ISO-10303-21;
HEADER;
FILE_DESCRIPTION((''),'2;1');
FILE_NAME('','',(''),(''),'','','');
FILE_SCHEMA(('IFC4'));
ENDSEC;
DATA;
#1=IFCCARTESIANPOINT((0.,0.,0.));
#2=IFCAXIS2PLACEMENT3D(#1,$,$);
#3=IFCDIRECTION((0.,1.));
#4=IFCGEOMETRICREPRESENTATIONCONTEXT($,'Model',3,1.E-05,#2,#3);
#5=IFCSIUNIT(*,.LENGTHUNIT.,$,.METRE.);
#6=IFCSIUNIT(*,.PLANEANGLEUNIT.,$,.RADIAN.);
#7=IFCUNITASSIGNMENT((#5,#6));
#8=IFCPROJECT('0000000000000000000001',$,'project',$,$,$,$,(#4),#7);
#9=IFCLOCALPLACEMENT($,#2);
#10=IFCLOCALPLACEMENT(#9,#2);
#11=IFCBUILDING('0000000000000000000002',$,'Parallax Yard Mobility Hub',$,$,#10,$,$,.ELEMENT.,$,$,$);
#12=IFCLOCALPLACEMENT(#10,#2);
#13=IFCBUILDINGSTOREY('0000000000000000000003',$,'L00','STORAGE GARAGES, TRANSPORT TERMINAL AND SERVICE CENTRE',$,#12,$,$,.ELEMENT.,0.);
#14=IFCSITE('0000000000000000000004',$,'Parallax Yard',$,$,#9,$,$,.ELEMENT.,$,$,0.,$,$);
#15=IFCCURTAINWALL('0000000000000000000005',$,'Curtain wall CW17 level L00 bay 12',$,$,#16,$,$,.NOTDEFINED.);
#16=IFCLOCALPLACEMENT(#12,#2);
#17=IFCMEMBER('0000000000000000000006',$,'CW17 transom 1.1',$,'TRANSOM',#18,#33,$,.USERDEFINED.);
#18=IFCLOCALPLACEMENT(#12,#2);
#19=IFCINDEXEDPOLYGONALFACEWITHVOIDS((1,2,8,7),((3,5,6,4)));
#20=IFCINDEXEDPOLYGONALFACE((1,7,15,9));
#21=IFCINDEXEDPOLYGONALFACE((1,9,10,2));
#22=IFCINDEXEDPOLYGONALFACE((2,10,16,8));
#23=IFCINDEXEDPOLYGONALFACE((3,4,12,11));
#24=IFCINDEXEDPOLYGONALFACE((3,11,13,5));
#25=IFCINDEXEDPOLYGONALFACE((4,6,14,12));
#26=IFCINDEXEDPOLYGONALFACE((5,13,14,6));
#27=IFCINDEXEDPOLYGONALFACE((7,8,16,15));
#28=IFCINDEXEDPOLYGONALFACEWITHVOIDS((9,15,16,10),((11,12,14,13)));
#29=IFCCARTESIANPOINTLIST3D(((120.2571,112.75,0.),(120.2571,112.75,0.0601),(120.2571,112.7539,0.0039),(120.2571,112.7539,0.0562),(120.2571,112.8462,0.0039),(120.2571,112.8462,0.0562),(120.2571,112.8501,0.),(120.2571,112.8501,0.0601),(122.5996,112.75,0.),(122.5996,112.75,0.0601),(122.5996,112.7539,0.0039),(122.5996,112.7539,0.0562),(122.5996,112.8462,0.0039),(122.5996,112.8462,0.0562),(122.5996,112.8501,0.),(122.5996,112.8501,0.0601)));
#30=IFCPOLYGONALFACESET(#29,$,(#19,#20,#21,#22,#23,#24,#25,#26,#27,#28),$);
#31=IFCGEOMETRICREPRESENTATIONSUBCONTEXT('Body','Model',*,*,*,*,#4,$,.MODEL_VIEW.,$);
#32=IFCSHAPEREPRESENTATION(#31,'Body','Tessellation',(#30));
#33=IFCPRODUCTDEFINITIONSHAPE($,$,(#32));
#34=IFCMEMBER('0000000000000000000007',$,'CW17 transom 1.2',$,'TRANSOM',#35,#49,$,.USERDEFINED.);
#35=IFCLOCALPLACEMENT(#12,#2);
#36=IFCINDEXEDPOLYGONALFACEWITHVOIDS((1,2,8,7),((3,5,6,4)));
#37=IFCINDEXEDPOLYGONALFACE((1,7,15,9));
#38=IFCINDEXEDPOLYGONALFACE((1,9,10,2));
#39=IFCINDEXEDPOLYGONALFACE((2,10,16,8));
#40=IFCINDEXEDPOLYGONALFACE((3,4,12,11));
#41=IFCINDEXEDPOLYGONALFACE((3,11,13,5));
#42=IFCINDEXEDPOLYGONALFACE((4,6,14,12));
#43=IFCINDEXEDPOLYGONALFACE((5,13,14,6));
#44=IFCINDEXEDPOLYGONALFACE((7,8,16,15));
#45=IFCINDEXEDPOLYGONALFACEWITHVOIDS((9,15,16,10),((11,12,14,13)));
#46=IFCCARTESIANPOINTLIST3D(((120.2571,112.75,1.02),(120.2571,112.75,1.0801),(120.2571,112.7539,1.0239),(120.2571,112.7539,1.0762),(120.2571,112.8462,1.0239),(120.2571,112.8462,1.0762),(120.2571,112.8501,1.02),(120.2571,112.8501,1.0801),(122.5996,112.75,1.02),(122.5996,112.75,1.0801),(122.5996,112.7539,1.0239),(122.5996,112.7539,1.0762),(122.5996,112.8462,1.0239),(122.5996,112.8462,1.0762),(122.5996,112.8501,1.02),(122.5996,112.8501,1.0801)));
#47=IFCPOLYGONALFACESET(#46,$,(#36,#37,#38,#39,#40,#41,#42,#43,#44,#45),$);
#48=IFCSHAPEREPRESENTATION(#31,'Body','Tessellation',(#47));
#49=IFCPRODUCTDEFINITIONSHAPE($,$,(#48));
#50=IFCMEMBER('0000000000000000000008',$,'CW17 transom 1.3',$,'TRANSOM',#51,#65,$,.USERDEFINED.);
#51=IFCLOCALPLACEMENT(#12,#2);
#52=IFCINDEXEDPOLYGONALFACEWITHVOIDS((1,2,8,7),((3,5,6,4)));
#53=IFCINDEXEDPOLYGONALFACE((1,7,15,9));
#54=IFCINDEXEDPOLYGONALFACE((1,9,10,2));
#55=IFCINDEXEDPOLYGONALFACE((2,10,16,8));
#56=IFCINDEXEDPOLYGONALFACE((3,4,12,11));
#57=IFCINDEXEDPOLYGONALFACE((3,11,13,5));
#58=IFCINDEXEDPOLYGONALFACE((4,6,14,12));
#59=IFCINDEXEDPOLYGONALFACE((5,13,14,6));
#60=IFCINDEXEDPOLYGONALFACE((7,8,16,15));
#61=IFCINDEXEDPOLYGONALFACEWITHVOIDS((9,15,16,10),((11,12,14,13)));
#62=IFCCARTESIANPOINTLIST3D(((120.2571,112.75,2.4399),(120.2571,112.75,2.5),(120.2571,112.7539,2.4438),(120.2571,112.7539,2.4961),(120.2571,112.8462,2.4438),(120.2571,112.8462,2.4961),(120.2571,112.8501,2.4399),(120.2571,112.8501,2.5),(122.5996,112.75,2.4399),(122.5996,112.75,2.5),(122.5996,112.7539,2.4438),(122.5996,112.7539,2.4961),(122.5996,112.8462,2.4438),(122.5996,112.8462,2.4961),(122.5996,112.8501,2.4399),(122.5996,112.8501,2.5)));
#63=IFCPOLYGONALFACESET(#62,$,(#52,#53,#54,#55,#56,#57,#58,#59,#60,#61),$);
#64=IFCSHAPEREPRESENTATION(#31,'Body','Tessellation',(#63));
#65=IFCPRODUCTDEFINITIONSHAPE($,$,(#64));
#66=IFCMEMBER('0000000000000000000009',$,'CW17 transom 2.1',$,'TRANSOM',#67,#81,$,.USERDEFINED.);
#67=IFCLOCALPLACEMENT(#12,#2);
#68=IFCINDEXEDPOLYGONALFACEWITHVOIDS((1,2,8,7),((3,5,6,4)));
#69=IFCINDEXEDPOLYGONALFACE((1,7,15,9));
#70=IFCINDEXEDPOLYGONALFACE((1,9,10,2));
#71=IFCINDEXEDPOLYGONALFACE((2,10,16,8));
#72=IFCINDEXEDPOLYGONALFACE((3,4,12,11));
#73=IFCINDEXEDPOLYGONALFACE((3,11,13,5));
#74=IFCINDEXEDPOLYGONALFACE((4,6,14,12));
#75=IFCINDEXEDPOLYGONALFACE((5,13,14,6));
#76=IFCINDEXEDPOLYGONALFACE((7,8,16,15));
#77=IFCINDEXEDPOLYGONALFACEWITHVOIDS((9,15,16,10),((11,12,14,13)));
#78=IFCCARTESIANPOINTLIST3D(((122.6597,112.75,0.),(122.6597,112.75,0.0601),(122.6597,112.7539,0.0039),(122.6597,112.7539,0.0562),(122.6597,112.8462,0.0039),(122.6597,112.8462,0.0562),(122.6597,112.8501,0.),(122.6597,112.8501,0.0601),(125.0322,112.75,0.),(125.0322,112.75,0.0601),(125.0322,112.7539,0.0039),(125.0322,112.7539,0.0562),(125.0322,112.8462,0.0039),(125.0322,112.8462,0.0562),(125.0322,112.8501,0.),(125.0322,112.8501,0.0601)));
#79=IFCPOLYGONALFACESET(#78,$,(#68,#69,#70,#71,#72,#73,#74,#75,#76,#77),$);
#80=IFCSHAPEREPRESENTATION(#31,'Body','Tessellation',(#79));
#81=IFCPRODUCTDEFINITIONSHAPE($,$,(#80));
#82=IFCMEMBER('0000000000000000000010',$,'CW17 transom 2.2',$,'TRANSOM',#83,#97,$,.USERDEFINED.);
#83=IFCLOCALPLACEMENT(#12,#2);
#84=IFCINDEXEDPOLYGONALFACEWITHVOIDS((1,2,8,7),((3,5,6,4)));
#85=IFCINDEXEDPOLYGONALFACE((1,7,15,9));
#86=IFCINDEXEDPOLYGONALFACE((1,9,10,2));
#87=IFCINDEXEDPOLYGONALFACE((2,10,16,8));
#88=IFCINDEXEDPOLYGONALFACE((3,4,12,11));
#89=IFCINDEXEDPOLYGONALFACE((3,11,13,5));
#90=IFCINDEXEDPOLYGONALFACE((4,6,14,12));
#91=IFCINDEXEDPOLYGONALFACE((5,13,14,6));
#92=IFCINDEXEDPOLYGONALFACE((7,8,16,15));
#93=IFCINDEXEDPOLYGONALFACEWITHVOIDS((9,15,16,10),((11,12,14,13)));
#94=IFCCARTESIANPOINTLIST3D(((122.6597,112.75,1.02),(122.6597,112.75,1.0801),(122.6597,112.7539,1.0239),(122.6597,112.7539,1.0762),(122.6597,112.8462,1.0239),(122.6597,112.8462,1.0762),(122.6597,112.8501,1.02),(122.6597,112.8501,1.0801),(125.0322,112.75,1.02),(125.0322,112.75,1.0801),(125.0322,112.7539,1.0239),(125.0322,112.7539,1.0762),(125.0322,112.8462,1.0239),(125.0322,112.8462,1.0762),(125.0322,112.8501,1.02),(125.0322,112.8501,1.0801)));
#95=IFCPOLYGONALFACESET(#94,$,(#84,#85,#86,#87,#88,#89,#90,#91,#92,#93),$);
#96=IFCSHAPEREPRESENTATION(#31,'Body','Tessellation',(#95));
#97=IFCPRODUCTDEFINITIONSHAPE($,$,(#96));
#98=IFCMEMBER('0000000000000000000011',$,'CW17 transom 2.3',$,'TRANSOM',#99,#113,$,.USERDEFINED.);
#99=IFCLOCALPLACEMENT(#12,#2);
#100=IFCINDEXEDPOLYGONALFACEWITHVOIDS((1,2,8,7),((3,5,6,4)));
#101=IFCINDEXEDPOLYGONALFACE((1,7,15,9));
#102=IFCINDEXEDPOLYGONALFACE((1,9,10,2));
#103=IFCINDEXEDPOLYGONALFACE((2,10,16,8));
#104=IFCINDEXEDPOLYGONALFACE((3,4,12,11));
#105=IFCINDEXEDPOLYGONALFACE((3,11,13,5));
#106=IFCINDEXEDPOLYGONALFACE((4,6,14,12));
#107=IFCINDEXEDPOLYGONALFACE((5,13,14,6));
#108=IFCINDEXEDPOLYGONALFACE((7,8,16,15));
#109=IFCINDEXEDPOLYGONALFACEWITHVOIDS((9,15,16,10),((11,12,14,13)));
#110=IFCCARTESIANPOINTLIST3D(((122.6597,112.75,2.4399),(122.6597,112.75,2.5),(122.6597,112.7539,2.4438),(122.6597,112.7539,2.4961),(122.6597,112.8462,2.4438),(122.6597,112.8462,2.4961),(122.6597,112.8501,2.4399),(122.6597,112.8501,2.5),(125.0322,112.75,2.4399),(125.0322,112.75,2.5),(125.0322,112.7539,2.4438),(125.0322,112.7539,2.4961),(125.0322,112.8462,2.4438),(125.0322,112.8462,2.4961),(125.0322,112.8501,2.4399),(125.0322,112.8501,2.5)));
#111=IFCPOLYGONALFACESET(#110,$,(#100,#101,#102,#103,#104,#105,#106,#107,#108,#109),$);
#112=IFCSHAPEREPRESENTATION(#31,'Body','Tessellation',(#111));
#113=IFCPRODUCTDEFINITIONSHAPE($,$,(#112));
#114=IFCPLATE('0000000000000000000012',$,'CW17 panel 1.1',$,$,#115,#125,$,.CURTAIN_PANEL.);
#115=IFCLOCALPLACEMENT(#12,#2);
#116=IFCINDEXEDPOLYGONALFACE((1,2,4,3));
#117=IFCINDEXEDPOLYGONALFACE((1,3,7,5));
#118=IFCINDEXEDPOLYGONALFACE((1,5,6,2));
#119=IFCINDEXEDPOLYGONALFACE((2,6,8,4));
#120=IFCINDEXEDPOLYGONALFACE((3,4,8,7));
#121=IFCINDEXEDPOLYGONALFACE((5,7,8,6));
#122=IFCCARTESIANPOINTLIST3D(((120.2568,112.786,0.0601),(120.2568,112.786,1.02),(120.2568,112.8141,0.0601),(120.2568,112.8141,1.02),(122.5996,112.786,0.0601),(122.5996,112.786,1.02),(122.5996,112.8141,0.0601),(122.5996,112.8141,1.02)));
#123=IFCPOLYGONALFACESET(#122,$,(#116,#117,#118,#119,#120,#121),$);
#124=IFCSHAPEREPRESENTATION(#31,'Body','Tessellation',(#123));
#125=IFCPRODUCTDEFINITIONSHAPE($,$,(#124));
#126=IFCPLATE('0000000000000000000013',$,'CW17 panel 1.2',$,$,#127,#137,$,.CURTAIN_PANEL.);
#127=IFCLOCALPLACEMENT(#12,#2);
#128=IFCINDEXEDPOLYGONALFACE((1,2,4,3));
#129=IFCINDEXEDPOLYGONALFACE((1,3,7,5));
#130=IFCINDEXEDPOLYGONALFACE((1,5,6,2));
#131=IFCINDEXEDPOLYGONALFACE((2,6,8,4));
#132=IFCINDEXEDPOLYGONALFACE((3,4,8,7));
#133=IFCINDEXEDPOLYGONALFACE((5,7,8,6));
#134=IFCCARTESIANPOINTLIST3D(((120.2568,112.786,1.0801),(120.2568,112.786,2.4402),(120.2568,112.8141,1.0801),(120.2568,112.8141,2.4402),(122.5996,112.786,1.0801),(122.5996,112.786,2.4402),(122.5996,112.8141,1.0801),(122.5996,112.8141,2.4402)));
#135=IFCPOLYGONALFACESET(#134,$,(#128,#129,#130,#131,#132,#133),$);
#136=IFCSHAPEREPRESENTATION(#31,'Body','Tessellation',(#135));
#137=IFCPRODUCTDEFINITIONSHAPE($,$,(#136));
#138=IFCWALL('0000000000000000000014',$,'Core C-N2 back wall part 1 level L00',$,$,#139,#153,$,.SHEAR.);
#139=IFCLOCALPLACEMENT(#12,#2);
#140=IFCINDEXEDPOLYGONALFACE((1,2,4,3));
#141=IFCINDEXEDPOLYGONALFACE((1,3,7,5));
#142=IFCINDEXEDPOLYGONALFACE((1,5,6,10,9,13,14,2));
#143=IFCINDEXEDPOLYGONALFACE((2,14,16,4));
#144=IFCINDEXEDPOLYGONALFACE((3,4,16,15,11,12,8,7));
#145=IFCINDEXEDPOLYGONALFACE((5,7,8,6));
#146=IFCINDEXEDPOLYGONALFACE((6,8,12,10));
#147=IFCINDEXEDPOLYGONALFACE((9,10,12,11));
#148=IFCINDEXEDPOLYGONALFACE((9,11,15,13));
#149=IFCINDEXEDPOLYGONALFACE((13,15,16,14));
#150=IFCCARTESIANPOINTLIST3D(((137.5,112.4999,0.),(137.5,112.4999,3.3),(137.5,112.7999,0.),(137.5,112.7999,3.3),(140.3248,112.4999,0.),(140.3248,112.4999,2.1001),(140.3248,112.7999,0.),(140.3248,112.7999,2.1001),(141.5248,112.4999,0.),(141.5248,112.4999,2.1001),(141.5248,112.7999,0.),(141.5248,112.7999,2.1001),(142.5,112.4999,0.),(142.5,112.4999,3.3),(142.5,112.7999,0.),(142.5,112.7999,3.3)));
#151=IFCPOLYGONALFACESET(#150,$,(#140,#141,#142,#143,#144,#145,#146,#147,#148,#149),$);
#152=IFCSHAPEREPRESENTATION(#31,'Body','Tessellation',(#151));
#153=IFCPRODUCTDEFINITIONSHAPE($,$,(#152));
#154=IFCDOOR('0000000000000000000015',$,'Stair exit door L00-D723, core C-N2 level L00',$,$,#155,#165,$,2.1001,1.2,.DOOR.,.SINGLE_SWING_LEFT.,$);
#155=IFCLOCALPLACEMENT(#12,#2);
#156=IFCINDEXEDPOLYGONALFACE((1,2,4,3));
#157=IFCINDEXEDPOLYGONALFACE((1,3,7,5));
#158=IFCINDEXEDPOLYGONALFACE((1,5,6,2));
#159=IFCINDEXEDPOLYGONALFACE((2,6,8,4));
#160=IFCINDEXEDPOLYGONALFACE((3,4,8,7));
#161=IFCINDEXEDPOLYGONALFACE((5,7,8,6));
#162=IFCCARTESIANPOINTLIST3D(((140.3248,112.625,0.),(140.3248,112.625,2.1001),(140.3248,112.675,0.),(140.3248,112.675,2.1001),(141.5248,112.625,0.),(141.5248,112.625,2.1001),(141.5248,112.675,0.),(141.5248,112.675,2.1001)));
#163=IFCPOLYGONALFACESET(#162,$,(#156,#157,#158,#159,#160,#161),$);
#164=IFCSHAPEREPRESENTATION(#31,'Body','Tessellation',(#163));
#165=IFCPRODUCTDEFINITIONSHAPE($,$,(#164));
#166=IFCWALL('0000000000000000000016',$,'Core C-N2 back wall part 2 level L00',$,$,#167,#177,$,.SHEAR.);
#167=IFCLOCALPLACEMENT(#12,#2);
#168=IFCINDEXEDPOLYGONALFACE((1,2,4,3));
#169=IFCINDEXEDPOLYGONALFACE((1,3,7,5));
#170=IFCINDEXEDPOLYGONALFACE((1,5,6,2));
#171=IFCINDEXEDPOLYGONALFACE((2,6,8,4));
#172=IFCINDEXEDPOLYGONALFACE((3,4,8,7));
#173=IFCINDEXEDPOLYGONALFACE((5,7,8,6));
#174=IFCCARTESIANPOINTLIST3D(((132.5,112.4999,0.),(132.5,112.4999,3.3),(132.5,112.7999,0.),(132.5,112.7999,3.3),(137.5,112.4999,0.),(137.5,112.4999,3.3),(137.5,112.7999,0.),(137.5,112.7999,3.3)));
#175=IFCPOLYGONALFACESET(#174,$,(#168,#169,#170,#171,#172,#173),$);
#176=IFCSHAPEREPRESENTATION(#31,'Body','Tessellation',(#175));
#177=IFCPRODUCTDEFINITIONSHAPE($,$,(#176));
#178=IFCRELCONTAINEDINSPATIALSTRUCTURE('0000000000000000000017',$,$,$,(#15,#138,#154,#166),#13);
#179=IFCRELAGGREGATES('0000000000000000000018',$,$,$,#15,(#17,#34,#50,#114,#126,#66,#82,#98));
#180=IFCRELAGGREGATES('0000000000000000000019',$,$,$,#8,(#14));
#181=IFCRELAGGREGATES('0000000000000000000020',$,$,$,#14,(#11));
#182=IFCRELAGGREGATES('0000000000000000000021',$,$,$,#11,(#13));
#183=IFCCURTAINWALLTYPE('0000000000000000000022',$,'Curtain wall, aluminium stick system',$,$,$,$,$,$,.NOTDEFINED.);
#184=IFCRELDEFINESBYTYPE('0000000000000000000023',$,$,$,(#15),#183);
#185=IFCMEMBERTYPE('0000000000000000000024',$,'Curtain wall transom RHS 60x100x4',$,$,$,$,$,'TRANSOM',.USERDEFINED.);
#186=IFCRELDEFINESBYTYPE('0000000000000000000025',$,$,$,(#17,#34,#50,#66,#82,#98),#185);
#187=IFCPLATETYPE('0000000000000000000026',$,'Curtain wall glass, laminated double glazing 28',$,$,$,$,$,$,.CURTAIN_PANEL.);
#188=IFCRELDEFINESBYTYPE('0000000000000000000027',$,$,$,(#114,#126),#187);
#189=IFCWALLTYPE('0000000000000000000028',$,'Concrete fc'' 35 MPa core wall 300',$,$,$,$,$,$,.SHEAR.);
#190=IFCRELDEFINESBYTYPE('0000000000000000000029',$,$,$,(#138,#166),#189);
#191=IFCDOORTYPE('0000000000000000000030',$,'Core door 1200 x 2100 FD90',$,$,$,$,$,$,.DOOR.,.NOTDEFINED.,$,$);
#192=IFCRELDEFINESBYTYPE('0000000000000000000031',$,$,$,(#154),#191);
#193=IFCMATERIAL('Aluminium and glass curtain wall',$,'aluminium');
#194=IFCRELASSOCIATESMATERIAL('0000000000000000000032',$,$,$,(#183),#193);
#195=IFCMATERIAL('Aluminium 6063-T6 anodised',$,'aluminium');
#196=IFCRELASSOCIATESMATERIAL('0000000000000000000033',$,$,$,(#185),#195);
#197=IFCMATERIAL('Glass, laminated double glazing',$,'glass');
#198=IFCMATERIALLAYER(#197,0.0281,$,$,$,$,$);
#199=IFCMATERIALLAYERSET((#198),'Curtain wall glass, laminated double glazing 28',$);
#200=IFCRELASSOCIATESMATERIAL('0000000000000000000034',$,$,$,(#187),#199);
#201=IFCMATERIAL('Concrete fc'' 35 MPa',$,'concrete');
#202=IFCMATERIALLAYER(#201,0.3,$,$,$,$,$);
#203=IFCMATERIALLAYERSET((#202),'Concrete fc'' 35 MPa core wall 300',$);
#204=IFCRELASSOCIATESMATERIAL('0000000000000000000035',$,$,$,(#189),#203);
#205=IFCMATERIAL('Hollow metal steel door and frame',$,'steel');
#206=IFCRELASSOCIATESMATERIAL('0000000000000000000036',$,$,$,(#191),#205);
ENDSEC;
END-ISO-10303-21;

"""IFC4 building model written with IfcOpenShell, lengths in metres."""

from ifc_helpers import new_model, si_unit, direction, frame, frame_2d, origin, origin_2d, place, context, subcontext, project, spatial, rectangle, hollow_rectangle, extrude, material, layer, layer_set, material_profile, profile_set, type_object, element, fill, aggregate, save


model = new_model("IFC4")

# Units and contexts
model_context = context("Model", 3, precision=1e-05, world=origin(), true_north=direction((0.0, 1.0)))
body_context = subcontext(model_context, "Body", "Model", "MODEL_VIEW")
ifc_project = project(units=[si_unit("LENGTHUNIT", "METRE"), si_unit("PLANEANGLEUNIT", "RADIAN")], contexts=[model_context])

# Site, building, storey
site_placement = place(None, origin())
site = spatial("IfcSite", under=ifc_project, at=site_placement, Name="Parallax Yard", CompositionType="ELEMENT", RefElevation=0.0)
building_placement = place(site_placement, origin())
building = spatial("IfcBuilding", under=site, at=building_placement, Name="Parallax Yard Mobility Hub", CompositionType="ELEMENT")
storey_placement = place(building_placement, origin())
storey = spatial("IfcBuildingStorey", under=building, at=storey_placement, Name="L00", Description="STORAGE GARAGES, TRANSPORT TERMINAL AND SERVICE CENTRE", CompositionType="ELEMENT", Elevation=0.0)

# Curtain wall, members, plates
ifc_material_1 = material(Name="Aluminium and glass curtain wall", Category="aluminium")
curtain_wall_type = type_object("IfcCurtainWallType", Name="Curtain wall, aluminium stick system", PredefinedType="NOTDEFINED", material=ifc_material_1)
curtain_wall_placement = place(storey_placement, origin())
curtain_wall = element("IfcCurtainWall", 1, at=curtain_wall_placement, inside=storey, type_object=curtain_wall_type, Name="Curtain wall CW17 level L00 bay 12", PredefinedType="NOTDEFINED")
ifc_material_2 = material(Name="Aluminium 6063-T6 anodised", Category="aluminium")
ifc_material_profile_1 = material_profile(ifc_material_2, hollow_rectangle(XDim=0.1001, YDim=0.0601, WallThickness=0.0039, at=origin_2d()), Name="RHS 60x100x4")
ifc_profile_set_1 = profile_set([ifc_material_profile_1], Name="Aluminium 6063-T6 anodised")
member_type_1 = type_object("IfcMemberType", Name="Curtain wall transom RHS 60x100x4", ElementType="TRANSOM", PredefinedType="USERDEFINED", material=ifc_profile_set_1)
member_1_placement = place(storey_placement, frame((120.2571, 112.8, 0.03), z_axis=(1.0, 0.0, 0.0), x_axis=(0.0, 1.0, 0.0)))
member_1 = element("IfcMember", 2, at=member_1_placement, type_object=member_type_1, Name="CW17 transom 1.1", ObjectType="TRANSOM", PredefinedType="USERDEFINED", context=body_context, shape_type="SweptSolid", body=[
    extrude(hollow_rectangle(XDim=0.1001, YDim=0.0601, WallThickness=0.0039, at=origin_2d()), origin(), (0.0, 0.0, 1.0), 2.3425),
])
member_2_placement = place(storey_placement, frame((120.2571, 112.8, 1.05), z_axis=(1.0, 0.0, 0.0), x_axis=(0.0, 1.0, 0.0)))
member_2 = element("IfcMember", 3, at=member_2_placement, type_object=member_type_1, Name="CW17 transom 1.2", ObjectType="TRANSOM", PredefinedType="USERDEFINED", context=body_context, shape_type="SweptSolid", body=[
    extrude(hollow_rectangle(XDim=0.1001, YDim=0.0601, WallThickness=0.0039, at=origin_2d()), origin(), (0.0, 0.0, 1.0), 2.3425),
])
member_3_placement = place(storey_placement, frame((120.2571, 112.8, 2.47), z_axis=(1.0, 0.0, 0.0), x_axis=(0.0, 1.0, 0.0)))
member_3 = element("IfcMember", 4, at=member_3_placement, type_object=member_type_1, Name="CW17 transom 1.3", ObjectType="TRANSOM", PredefinedType="USERDEFINED", context=body_context, shape_type="SweptSolid", body=[
    extrude(hollow_rectangle(XDim=0.1001, YDim=0.0601, WallThickness=0.0039, at=origin_2d()), origin(), (0.0, 0.0, 1.0), 2.3425),
])
member_4_placement = place(storey_placement, frame((122.6597, 112.8, 0.03), z_axis=(1.0, 0.0, 0.0), x_axis=(0.0, 1.0, 0.0)))
member_4 = element("IfcMember", 5, at=member_4_placement, type_object=member_type_1, Name="CW17 transom 2.1", ObjectType="TRANSOM", PredefinedType="USERDEFINED", context=body_context, shape_type="SweptSolid", body=[
    extrude(hollow_rectangle(XDim=0.1001, YDim=0.0601, WallThickness=0.0039, at=origin_2d()), origin(), (0.0, 0.0, 1.0), 2.3726),
])
member_5_placement = place(storey_placement, frame((122.6597, 112.8, 1.05), z_axis=(1.0, 0.0, 0.0), x_axis=(0.0, 1.0, 0.0)))
member_5 = element("IfcMember", 6, at=member_5_placement, type_object=member_type_1, Name="CW17 transom 2.2", ObjectType="TRANSOM", PredefinedType="USERDEFINED", context=body_context, shape_type="SweptSolid", body=[
    extrude(hollow_rectangle(XDim=0.1001, YDim=0.0601, WallThickness=0.0039, at=origin_2d()), origin(), (0.0, 0.0, 1.0), 2.3726),
])
member_6_placement = place(storey_placement, frame((122.6597, 112.8, 2.47), z_axis=(1.0, 0.0, 0.0), x_axis=(0.0, 1.0, 0.0)))
member_6 = element("IfcMember", 7, at=member_6_placement, type_object=member_type_1, Name="CW17 transom 2.3", ObjectType="TRANSOM", PredefinedType="USERDEFINED", context=body_context, shape_type="SweptSolid", body=[
    extrude(hollow_rectangle(XDim=0.1001, YDim=0.0601, WallThickness=0.0039, at=origin_2d()), origin(), (0.0, 0.0, 1.0), 2.3726),
])
ifc_material_3 = material(Name="Glass, laminated double glazing", Category="glass")
ifc_layer_1 = layer(ifc_material_3, 0.0281)
ifc_layer_set_1 = layer_set([ifc_layer_1], Name="Curtain wall glass, laminated double glazing 28")
plate_type = type_object("IfcPlateType", Name="Curtain wall glass, laminated double glazing 28", PredefinedType="CURTAIN_PANEL", material=ifc_layer_set_1)
plate_1_placement = place(storey_placement, frame((121.4282, 112.8, 0.0601), z_axis=(0.0, 0.0, 1.0), x_axis=(1.0, 0.0, 0.0)))
plate_1 = element("IfcPlate", 8, at=plate_1_placement, type_object=plate_type, Name="CW17 panel 1.1", PredefinedType="CURTAIN_PANEL", context=body_context, shape_type="SweptSolid", body=[
    extrude(rectangle(XDim=2.3428, YDim=0.0281, at=origin_2d()), origin(), (0.0, 0.0, 1.0), 0.96),
])
plate_2_placement = place(storey_placement, frame((121.4282, 112.8, 1.0801), z_axis=(0.0, 0.0, 1.0), x_axis=(1.0, 0.0, 0.0)))
plate_2 = element("IfcPlate", 9, at=plate_2_placement, type_object=plate_type, Name="CW17 panel 1.2", PredefinedType="CURTAIN_PANEL", context=body_context, shape_type="SweptSolid", body=[
    extrude(rectangle(XDim=2.3428, YDim=0.0281, at=origin_2d()), origin(), (0.0, 0.0, 1.0), 1.3601),
])
aggregate(curtain_wall, [member_1, member_2, member_3, plate_1, plate_2, member_4, member_5, member_6])

# Wall, opening, door
ifc_material_4 = material(Name="Concrete fc' 35 MPa", Category="concrete")
ifc_layer_2 = layer(ifc_material_4, 0.3)
ifc_layer_set_2 = layer_set([ifc_layer_2], Name="Concrete fc' 35 MPa core wall 300")
wall_type = type_object("IfcWallType", Name="Concrete fc' 35 MPa core wall 300", PredefinedType="SHEAR", material=ifc_layer_set_2)
wall_1_placement = place(storey_placement, frame((142.5, 112.6499, 0.0), z_axis=(0.0, 0.0, 1.0), x_axis=(-1.0, 0.0, 0.0)))
wall_1 = element("IfcWall", 10, at=wall_1_placement, inside=storey, type_object=wall_type, Name="Core C-N2 back wall part 1 level L00", PredefinedType="SHEAR", context=body_context, shape_type="SweptSolid", body=[
    extrude(rectangle(XDim=5.0, YDim=0.3, at=frame_2d((2.5, 0.0))), origin(), (0.0, 0.0, 1.0), 3.3),
])
opening_1_placement = place(wall_1_placement, frame((0.9751, 0.0, 0.0)))
opening_1 = element("IfcOpeningElement", 11, at=opening_1_placement, cuts=wall_1, PredefinedType="OPENING", context=body_context, shape_type="SweptSolid", body=[
    extrude(rectangle(XDim=1.2, YDim=2.1001, at=frame_2d((0.6001, 1.05))), frame((0.0, 0.1602, 0.0), z_axis=(0.0, -1.0, 0.0), x_axis=(1.0, 0.0, 0.0)), (0.0, 0.0, 1.0), 0.3201),
])
ifc_material_5 = material(Name="Hollow metal steel door and frame", Category="steel")
door_type = type_object("IfcDoorType", Name="Core door 1200 x 2100 FD90", OperationType="NOTDEFINED", PredefinedType="DOOR", material=ifc_material_5)
door_1_placement = place(opening_1_placement, origin())
door_1 = element("IfcDoor", 12, at=door_1_placement, inside=storey, type_object=door_type, Name="Stair exit door L00-D723, core C-N2 level L00", OperationType="SINGLE_SWING_LEFT", OverallHeight=2.1001, OverallWidth=1.2, PredefinedType="DOOR", context=body_context, shape_type="SweptSolid", body=[
    extrude(rectangle(XDim=1.2, YDim=2.1001, at=frame_2d((0.6001, 1.05))), frame((0.0, 0.0249, 0.0), z_axis=(0.0, -1.0, 0.0), x_axis=(1.0, 0.0, 0.0)), (0.0, 0.0, 1.0), 0.05),
])
fill(opening_1, door_1)

# Wall
wall_2_placement = place(storey_placement, frame((137.5, 112.6499, 0.0), z_axis=(0.0, 0.0, 1.0), x_axis=(-1.0, 0.0, 0.0)))
element("IfcWall", 13, at=wall_2_placement, inside=storey, type_object=wall_type, Name="Core C-N2 back wall part 2 level L00", PredefinedType="SHEAR", context=body_context, shape_type="SweptSolid", body=[
    extrude(rectangle(XDim=5.0, YDim=0.3, at=frame_2d((2.5, 0.0))), origin(), (0.0, 0.0, 1.0), 3.3),
])

save(model, "model.ifc")
